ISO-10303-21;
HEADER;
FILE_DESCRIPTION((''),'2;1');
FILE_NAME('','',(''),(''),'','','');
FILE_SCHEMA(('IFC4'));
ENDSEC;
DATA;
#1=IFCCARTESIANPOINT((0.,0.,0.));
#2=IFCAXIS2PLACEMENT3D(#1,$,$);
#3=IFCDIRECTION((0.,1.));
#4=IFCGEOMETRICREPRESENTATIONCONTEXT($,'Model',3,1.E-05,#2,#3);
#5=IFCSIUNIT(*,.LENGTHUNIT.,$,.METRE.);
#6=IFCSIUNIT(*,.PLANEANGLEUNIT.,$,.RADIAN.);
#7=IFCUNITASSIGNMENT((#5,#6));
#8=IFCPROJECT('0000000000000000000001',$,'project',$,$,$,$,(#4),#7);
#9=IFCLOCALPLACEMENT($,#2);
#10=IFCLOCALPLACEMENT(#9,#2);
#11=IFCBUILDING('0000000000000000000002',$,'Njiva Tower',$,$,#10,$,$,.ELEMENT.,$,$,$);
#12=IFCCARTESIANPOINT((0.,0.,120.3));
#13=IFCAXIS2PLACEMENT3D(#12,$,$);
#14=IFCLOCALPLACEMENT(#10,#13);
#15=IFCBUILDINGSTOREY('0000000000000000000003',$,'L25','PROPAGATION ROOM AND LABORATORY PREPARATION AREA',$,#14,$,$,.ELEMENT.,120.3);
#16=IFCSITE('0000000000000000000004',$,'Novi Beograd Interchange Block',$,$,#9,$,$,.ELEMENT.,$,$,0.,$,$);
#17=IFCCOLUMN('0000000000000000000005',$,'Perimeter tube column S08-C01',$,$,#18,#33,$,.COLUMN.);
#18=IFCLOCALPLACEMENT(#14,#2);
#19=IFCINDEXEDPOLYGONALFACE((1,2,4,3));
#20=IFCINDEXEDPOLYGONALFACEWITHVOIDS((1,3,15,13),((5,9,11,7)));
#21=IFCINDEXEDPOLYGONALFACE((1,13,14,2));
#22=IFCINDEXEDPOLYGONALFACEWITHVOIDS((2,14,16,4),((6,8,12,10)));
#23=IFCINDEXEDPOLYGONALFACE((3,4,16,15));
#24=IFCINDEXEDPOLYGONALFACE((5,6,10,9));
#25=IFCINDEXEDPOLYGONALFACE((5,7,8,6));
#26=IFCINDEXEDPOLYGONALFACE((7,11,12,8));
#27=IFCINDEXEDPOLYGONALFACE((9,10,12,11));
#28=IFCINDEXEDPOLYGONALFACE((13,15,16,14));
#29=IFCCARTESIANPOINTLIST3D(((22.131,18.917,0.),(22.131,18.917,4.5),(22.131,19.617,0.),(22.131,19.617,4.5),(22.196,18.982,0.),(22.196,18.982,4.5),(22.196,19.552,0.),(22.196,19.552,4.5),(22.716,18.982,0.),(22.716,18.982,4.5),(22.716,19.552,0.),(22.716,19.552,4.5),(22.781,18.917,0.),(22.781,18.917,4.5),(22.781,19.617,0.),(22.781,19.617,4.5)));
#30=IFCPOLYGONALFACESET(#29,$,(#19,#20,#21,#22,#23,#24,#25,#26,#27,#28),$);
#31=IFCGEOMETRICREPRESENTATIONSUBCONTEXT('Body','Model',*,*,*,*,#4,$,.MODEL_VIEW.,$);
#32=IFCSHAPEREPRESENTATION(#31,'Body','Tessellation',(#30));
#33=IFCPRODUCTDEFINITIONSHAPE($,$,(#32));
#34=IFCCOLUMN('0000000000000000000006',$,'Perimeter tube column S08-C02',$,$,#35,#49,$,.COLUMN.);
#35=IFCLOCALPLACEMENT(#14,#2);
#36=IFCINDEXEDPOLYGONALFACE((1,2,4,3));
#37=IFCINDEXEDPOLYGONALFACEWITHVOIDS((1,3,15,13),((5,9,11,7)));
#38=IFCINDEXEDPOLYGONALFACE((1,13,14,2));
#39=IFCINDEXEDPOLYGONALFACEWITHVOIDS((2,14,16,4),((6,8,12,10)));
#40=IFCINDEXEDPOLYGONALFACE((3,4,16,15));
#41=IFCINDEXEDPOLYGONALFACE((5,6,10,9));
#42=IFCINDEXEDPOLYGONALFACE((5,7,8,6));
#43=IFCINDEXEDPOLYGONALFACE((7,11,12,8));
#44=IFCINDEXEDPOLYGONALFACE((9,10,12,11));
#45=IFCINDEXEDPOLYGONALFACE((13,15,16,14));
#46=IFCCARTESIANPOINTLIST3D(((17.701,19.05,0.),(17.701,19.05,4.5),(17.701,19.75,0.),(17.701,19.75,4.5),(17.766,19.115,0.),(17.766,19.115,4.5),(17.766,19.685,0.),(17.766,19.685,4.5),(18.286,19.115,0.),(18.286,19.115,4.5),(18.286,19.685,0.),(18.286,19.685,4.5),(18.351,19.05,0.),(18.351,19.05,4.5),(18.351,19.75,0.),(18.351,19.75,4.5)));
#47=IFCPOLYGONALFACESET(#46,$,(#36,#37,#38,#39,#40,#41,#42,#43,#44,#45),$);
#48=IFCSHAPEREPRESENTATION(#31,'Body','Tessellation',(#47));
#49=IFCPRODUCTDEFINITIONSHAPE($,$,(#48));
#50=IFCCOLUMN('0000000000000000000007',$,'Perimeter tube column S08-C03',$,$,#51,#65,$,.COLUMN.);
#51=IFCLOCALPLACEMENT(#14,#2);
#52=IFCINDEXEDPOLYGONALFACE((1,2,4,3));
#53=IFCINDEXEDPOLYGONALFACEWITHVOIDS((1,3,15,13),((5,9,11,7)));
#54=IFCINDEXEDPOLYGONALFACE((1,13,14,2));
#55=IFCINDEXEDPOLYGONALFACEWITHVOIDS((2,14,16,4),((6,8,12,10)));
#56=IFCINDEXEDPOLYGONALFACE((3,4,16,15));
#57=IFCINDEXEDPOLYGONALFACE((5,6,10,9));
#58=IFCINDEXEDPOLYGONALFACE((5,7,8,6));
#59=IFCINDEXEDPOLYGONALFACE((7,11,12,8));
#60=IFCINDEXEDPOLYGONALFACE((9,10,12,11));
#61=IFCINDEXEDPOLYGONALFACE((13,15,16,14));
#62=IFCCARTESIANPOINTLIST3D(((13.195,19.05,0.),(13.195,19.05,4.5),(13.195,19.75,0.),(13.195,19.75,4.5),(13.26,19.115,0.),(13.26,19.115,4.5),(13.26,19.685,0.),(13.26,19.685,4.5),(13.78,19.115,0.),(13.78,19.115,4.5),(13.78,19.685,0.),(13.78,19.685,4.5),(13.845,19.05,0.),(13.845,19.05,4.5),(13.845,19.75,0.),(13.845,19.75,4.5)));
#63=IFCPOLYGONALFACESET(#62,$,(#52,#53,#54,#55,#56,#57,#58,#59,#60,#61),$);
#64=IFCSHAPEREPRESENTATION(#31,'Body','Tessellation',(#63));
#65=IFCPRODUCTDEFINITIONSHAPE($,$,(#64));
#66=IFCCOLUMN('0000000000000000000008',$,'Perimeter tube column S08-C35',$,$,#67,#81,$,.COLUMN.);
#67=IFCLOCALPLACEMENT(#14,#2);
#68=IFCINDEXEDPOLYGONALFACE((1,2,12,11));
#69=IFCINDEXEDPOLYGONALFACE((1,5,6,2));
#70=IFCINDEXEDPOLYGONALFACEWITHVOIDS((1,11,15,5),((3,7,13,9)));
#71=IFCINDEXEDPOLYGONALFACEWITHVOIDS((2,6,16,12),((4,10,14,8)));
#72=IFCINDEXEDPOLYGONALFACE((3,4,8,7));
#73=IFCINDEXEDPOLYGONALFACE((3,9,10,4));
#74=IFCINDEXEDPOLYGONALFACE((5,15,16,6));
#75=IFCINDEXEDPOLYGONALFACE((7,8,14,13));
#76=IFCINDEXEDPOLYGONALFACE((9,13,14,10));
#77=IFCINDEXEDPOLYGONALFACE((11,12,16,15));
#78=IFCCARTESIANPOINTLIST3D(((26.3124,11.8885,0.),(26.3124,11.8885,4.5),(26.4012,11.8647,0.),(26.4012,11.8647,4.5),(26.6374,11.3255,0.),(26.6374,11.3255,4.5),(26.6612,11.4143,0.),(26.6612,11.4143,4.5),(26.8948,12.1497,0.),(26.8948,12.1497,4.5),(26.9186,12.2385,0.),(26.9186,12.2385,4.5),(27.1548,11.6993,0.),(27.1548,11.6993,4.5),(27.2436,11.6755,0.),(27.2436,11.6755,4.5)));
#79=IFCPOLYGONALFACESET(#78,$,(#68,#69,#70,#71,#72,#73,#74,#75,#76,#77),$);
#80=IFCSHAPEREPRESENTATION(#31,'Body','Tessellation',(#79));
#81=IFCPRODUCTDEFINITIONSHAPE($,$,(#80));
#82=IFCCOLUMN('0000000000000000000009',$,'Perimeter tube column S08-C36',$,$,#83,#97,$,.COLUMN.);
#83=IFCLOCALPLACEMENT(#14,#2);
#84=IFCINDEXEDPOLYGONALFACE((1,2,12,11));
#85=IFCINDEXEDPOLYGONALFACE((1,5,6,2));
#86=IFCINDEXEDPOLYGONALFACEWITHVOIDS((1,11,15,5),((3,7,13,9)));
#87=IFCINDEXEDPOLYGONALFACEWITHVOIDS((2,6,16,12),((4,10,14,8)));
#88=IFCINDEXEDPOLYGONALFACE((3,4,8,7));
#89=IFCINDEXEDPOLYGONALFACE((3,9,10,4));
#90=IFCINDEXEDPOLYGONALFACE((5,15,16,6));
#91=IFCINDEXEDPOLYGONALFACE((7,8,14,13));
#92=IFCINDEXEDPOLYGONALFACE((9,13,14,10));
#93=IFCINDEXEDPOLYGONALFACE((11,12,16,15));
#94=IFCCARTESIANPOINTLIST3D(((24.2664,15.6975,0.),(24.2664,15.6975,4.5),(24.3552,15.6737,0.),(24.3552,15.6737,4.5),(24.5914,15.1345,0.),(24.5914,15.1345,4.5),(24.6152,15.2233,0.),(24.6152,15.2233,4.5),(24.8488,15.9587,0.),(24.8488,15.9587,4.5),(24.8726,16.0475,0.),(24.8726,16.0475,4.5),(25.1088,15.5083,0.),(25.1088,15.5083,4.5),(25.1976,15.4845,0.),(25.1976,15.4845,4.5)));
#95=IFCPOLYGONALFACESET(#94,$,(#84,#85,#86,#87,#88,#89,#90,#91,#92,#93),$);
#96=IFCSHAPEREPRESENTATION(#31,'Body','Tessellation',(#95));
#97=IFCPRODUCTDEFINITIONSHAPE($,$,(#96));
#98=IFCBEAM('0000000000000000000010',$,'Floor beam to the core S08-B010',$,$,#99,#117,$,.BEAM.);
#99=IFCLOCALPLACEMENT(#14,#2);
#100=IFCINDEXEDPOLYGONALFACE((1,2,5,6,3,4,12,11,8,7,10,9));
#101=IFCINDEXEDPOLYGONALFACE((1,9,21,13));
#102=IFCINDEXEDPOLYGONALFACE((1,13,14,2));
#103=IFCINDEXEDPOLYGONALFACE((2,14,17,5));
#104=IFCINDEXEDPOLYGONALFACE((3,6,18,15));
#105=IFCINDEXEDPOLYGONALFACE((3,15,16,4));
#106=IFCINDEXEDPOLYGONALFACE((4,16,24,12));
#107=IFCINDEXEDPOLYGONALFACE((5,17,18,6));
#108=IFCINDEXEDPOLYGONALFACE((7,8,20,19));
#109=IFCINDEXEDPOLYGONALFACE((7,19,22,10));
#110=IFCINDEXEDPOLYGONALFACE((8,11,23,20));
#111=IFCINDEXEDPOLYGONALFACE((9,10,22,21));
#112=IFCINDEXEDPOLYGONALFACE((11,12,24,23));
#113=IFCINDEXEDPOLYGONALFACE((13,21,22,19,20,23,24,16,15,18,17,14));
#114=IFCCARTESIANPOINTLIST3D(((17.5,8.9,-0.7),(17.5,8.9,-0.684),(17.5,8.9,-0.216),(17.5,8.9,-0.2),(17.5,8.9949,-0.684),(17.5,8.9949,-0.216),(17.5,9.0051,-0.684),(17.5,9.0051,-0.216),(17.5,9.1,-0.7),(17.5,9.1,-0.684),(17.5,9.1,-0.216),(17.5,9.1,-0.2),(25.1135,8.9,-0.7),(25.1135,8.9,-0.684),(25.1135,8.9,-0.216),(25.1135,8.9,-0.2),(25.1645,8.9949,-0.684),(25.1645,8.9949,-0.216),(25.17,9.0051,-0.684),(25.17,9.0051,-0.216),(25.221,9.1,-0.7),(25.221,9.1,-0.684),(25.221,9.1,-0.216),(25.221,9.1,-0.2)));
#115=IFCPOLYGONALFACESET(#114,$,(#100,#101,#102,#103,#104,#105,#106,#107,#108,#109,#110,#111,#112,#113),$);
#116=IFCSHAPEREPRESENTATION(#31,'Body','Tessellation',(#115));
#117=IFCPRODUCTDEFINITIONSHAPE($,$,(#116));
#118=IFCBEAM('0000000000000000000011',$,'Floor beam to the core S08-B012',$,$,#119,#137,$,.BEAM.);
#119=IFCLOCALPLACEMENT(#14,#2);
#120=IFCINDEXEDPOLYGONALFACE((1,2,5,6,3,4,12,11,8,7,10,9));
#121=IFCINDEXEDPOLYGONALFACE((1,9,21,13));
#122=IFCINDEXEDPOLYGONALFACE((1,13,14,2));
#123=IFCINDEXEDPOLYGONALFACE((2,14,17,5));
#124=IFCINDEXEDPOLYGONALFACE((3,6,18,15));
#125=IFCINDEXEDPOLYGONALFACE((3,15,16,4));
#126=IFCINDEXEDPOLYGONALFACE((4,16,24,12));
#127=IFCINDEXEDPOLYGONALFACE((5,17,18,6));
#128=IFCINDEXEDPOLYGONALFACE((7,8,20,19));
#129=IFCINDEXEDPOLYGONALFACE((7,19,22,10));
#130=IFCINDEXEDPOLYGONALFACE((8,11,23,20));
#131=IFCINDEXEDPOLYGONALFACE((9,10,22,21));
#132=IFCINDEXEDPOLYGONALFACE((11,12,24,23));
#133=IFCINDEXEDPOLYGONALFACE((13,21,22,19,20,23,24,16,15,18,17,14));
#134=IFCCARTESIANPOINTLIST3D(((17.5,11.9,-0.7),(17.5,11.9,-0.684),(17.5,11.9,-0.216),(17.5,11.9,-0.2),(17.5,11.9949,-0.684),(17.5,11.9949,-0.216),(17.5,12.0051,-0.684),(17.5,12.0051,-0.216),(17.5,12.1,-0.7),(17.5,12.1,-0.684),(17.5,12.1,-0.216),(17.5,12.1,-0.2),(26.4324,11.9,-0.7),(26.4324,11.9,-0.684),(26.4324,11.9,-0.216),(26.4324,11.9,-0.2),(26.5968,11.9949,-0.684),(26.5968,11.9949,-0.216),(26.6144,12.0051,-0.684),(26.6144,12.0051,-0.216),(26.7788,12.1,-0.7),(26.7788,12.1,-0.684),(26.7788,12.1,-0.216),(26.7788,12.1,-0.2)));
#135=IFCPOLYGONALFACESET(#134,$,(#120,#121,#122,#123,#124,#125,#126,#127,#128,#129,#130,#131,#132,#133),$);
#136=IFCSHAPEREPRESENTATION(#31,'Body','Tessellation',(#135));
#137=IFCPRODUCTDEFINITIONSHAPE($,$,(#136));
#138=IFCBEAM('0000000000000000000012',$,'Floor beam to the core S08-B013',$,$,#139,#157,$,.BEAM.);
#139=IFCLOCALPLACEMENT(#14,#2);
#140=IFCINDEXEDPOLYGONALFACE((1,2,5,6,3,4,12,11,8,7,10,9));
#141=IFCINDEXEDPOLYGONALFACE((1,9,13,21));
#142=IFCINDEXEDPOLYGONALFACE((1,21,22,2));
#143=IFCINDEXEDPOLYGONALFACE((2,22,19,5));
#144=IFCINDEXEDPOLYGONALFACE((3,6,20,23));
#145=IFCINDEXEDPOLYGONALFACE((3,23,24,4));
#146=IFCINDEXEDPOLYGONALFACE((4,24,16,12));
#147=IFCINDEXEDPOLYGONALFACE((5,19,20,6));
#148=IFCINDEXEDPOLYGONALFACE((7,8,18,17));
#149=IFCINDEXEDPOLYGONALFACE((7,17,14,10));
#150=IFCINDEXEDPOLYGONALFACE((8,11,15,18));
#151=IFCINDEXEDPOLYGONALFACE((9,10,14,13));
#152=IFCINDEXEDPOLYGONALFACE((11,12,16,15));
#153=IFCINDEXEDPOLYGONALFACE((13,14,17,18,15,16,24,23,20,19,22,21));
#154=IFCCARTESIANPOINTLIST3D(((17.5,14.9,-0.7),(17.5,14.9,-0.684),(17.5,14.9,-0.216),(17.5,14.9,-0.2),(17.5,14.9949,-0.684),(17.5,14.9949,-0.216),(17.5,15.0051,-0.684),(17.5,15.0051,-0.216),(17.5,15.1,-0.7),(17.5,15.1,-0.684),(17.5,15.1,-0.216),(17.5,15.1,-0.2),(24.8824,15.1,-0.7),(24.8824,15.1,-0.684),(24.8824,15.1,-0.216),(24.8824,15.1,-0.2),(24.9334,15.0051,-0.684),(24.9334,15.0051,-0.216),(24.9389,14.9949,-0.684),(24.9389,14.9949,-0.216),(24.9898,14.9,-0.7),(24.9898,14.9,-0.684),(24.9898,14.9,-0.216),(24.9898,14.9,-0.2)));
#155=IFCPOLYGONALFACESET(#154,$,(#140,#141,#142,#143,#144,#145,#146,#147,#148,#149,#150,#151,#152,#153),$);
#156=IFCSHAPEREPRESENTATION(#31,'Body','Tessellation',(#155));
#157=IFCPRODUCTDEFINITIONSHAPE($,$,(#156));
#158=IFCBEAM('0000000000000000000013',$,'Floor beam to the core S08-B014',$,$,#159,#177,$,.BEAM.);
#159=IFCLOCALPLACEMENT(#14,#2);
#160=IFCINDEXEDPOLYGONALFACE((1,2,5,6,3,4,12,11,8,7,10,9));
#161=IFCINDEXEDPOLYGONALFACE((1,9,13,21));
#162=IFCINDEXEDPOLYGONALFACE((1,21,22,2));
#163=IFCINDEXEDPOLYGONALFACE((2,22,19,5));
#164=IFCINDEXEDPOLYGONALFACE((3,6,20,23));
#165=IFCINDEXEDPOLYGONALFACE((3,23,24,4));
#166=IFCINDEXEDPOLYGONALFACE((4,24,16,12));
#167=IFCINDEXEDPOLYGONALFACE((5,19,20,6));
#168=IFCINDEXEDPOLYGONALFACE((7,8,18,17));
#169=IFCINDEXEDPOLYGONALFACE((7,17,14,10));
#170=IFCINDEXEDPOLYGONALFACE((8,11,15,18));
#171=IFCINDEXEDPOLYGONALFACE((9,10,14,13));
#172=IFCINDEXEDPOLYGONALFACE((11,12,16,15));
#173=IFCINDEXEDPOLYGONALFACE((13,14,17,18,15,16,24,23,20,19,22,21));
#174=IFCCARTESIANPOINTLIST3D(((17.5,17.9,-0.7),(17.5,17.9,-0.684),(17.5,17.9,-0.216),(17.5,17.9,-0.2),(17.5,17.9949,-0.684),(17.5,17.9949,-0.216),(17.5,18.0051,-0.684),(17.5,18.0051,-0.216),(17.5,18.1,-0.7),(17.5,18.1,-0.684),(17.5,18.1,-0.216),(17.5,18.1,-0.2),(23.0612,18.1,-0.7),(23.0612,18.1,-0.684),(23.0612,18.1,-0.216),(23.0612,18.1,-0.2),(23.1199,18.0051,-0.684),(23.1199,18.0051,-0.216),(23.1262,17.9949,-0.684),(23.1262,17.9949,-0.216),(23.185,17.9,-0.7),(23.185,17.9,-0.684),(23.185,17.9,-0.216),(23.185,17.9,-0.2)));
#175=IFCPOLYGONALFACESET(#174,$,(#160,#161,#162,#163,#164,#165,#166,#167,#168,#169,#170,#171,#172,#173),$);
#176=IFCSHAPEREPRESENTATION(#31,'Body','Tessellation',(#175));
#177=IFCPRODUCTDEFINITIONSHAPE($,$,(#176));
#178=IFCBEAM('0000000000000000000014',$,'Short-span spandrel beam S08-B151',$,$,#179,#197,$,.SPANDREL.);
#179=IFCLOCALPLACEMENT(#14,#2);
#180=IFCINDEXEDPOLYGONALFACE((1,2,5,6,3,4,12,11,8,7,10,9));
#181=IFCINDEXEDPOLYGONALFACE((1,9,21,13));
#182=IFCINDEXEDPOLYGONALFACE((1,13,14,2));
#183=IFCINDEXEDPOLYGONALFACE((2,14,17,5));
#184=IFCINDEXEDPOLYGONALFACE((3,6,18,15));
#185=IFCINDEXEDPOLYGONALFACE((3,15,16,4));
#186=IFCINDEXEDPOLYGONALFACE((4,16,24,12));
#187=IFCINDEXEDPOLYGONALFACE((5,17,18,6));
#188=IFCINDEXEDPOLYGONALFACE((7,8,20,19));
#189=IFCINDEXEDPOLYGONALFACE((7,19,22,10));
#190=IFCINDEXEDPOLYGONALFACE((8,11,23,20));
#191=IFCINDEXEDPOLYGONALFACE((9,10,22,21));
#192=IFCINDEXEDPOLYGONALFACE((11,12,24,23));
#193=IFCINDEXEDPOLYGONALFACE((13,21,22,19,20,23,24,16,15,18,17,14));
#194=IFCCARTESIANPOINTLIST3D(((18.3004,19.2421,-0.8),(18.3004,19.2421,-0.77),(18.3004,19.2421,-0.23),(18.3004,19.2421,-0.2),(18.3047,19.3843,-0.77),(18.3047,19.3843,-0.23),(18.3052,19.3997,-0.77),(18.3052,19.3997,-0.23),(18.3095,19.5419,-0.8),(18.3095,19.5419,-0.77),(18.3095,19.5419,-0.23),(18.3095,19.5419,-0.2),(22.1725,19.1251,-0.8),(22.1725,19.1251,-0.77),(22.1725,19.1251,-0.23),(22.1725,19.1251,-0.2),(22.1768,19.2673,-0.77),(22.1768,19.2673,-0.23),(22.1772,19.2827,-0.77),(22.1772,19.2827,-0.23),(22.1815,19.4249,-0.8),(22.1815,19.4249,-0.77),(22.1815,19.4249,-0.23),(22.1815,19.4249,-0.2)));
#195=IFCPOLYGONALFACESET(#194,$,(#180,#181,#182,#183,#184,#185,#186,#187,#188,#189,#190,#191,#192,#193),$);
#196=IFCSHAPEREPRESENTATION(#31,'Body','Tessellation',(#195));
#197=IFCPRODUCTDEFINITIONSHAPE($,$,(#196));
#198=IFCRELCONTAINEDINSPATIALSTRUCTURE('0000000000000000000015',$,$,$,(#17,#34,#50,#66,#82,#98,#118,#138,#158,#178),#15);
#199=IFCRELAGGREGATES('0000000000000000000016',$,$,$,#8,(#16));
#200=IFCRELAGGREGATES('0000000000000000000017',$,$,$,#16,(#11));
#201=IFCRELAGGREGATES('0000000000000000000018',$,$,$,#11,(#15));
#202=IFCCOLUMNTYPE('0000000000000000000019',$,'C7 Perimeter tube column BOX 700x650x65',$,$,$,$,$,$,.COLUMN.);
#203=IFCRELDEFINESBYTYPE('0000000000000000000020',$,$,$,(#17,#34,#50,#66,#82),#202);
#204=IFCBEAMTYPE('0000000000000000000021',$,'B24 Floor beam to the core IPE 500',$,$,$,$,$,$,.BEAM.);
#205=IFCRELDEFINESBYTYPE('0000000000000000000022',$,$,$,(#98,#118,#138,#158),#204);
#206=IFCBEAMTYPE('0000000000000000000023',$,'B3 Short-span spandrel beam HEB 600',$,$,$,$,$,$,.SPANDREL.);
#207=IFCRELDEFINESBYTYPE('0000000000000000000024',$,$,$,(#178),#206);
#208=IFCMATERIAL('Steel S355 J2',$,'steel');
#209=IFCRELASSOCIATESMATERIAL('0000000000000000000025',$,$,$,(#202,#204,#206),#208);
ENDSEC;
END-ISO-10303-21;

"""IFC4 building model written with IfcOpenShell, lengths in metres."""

from ifc_helpers import new_model, si_unit, direction, frame, origin, origin_2d, place, context, subcontext, project, spatial, hollow_rectangle, i_section, extrude, clip, halfspace, material, material_profile, profile_set, type_object, element, save


model = new_model("IFC4")

# Units and contexts
model_context = context("Model", 3, precision=1e-05, world=origin(), true_north=direction((0.0, 1.0)))
body_context = subcontext(model_context, "Body", "Model", "MODEL_VIEW")
ifc_project = project(units=[si_unit("LENGTHUNIT", "METRE"), si_unit("PLANEANGLEUNIT", "RADIAN")], contexts=[model_context])

# Site, building, storey
site_placement = place(None, origin())
site = spatial("IfcSite", under=ifc_project, at=site_placement, Name="Novi Beograd Interchange Block", CompositionType="ELEMENT", RefElevation=0.0)
building_placement = place(site_placement, origin())
building = spatial("IfcBuilding", under=site, at=building_placement, Name="Njiva Tower", CompositionType="ELEMENT")
storey_placement = place(building_placement, frame((0.0, 0.0, 120.3)))
storey = spatial("IfcBuildingStorey", under=building, at=storey_placement, Name="L25", Description="PROPAGATION ROOM AND LABORATORY PREPARATION AREA", CompositionType="ELEMENT", Elevation=120.3)

# Columns
ifc_material_1 = material(Name="Steel S355 J2", Category="steel")
ifc_material_profile_1 = material_profile(ifc_material_1, hollow_rectangle(XDim=0.65, YDim=0.7, WallThickness=0.065, at=origin_2d()), Name="BOX 700x650x65")
ifc_profile_set_1 = profile_set([ifc_material_profile_1], Name="Steel S355 J2")
column_type = type_object("IfcColumnType", Name="C7 Perimeter tube column BOX 700x650x65", PredefinedType="COLUMN", material=ifc_profile_set_1)
for number, where, z_axis, x_axis, name in (
    (1, (22.456, 19.267, 0.0), (0.0, 0.0, 1.0), (-1.0, 0.0, 0.0), "Perimeter tube column S08-C01"),
    (2, (18.026, 19.4, 0.0), (0.0, 0.0, 1.0), (-1.0, 0.0, 0.0), "Perimeter tube column S08-C02"),
    (3, (13.52, 19.4, 0.0), (0.0, 0.0, 1.0), (-1.0, 0.0, 0.0), "Perimeter tube column S08-C03"),
    (4, (26.778, 11.782, 0.0), (0.0, 0.0, 1.0), (-0.5, 0.866025, 0.0), "Perimeter tube column S08-C35"),
    (5, (24.732, 15.591, 0.0), (0.0, 0.0, 1.0), (-0.5, 0.866025, 0.0), "Perimeter tube column S08-C36"),
):
    element("IfcColumn", number, at=place(storey_placement, frame(where, z_axis=z_axis, x_axis=x_axis)), inside=storey, type_object=column_type, Name=name, PredefinedType="COLUMN", context=body_context, shape_type="SweptSolid", body=[
        extrude(hollow_rectangle(XDim=0.65, YDim=0.7, WallThickness=0.065, at=origin_2d()), origin(), (0.0, 0.0, 1.0), 4.5),
    ])

# Beams
ifc_material_profile_2 = material_profile(ifc_material_1, i_section(OverallWidth=0.2, OverallDepth=0.5, WebThickness=0.0102, FlangeThickness=0.016, at=origin_2d()), Name="IPE 500")
ifc_profile_set_2 = profile_set([ifc_material_profile_2], Name="Steel S355 J2")
beam_type_1 = type_object("IfcBeamType", Name="B24 Floor beam to the core IPE 500", PredefinedType="BEAM", material=ifc_profile_set_2)
beam_1_placement = place(storey_placement, frame((17.5, 9.0, -0.45), z_axis=(1.0, 0.0, 0.0), x_axis=(0.0, 1.0, 0.0)))
element("IfcBeam", 6, at=beam_1_placement, inside=storey, type_object=beam_type_1, Name="Floor beam to the core S08-B010", PredefinedType="BEAM", context=body_context, shape_type="Clipping", body=[
    clip(extrude(i_section(OverallWidth=0.2, OverallDepth=0.5, WebThickness=0.0102, FlangeThickness=0.016, at=origin_2d()), origin(), (0.0, 0.0, 1.0), 7.741), halfspace(frame((-0.0237, 0.0, 7.6545), z_axis=(-0.473762, 0.0, 0.880653), x_axis=(0.0, 1.0, 0.0)), False)),
])
beam_2_placement = place(storey_placement, frame((17.5, 12.0, -0.45), z_axis=(1.0, 0.0, 0.0), x_axis=(0.0, 1.0, 0.0)))
element("IfcBeam", 7, at=beam_2_placement, inside=storey, type_object=beam_type_1, Name="Floor beam to the core S08-B012", PredefinedType="BEAM", context=body_context, shape_type="Clipping", body=[
    clip(extrude(i_section(OverallWidth=0.2, OverallDepth=0.5, WebThickness=0.0102, FlangeThickness=0.016, at=origin_2d()), origin(), (0.0, 0.0, 1.0), 9.299), halfspace(frame((-0.0433, 0.0, 9.0306), z_axis=(-0.866027, 0.0, 0.499998), x_axis=(0.0, 1.0, 0.0)), False)),
])
beam_3_placement = place(storey_placement, frame((17.5, 15.0, -0.45), z_axis=(1.0, 0.0, 0.0), x_axis=(0.0, 1.0, 0.0)))
element("IfcBeam", 8, at=beam_3_placement, inside=storey, type_object=beam_type_1, Name="Floor beam to the core S08-B013", PredefinedType="BEAM", context=body_context, shape_type="Clipping", body=[
    clip(extrude(i_section(OverallWidth=0.2, OverallDepth=0.5, WebThickness=0.0102, FlangeThickness=0.016, at=origin_2d()), origin(), (0.0, 0.0, 1.0), 7.51), halfspace(frame((0.0237, 0.0, 7.4234), z_axis=(0.473099, 0.0, 0.881009), x_axis=(0.0, 1.0, 0.0)), False)),
])
beam_4_placement = place(storey_placement, frame((17.5, 18.0, -0.45), z_axis=(1.0, 0.0, 0.0), x_axis=(0.0, 1.0, 0.0)))
element("IfcBeam", 9, at=beam_4_placement, inside=storey, type_object=beam_type_1, Name="Floor beam to the core S08-B014", PredefinedType="BEAM", context=body_context, shape_type="Clipping", body=[
    clip(extrude(i_section(OverallWidth=0.2, OverallDepth=0.5, WebThickness=0.0102, FlangeThickness=0.016, at=origin_2d()), origin(), (0.0, 0.0, 1.0), 5.705), halfspace(frame((0.0263, 0.0, 5.6068), z_axis=(0.526429, 0.0, 0.850219), x_axis=(0.0, 1.0, 0.0)), False)),
])
ifc_material_profile_3 = material_profile(ifc_material_1, i_section(OverallWidth=0.3, OverallDepth=0.6, WebThickness=0.0155, FlangeThickness=0.03, at=origin_2d()), Name="HEB 600")
ifc_profile_set_3 = profile_set([ifc_material_profile_3], Name="Steel S355 J2")
beam_type_2 = type_object("IfcBeamType", Name="B3 Short-span spandrel beam HEB 600", PredefinedType="SPANDREL", material=ifc_profile_set_3)
beam_5_placement = place(storey_placement, frame((22.177, 19.275, -0.5), z_axis=(-0.999544, 0.030203, 0.0), x_axis=(-0.030203, -0.999544, 0.0)))
element("IfcBeam", 10, at=beam_5_placement, inside=storey, type_object=beam_type_2, Name="Short-span spandrel beam S08-B151", PredefinedType="SPANDREL", context=body_context, shape_type="SweptSolid", body=[
    extrude(i_section(OverallWidth=0.3, OverallDepth=0.6, WebThickness=0.0155, FlangeThickness=0.03, at=origin_2d()), origin(), (0.0, 0.0, 1.0), 3.8738),
])

save(model, "model.ifc")
